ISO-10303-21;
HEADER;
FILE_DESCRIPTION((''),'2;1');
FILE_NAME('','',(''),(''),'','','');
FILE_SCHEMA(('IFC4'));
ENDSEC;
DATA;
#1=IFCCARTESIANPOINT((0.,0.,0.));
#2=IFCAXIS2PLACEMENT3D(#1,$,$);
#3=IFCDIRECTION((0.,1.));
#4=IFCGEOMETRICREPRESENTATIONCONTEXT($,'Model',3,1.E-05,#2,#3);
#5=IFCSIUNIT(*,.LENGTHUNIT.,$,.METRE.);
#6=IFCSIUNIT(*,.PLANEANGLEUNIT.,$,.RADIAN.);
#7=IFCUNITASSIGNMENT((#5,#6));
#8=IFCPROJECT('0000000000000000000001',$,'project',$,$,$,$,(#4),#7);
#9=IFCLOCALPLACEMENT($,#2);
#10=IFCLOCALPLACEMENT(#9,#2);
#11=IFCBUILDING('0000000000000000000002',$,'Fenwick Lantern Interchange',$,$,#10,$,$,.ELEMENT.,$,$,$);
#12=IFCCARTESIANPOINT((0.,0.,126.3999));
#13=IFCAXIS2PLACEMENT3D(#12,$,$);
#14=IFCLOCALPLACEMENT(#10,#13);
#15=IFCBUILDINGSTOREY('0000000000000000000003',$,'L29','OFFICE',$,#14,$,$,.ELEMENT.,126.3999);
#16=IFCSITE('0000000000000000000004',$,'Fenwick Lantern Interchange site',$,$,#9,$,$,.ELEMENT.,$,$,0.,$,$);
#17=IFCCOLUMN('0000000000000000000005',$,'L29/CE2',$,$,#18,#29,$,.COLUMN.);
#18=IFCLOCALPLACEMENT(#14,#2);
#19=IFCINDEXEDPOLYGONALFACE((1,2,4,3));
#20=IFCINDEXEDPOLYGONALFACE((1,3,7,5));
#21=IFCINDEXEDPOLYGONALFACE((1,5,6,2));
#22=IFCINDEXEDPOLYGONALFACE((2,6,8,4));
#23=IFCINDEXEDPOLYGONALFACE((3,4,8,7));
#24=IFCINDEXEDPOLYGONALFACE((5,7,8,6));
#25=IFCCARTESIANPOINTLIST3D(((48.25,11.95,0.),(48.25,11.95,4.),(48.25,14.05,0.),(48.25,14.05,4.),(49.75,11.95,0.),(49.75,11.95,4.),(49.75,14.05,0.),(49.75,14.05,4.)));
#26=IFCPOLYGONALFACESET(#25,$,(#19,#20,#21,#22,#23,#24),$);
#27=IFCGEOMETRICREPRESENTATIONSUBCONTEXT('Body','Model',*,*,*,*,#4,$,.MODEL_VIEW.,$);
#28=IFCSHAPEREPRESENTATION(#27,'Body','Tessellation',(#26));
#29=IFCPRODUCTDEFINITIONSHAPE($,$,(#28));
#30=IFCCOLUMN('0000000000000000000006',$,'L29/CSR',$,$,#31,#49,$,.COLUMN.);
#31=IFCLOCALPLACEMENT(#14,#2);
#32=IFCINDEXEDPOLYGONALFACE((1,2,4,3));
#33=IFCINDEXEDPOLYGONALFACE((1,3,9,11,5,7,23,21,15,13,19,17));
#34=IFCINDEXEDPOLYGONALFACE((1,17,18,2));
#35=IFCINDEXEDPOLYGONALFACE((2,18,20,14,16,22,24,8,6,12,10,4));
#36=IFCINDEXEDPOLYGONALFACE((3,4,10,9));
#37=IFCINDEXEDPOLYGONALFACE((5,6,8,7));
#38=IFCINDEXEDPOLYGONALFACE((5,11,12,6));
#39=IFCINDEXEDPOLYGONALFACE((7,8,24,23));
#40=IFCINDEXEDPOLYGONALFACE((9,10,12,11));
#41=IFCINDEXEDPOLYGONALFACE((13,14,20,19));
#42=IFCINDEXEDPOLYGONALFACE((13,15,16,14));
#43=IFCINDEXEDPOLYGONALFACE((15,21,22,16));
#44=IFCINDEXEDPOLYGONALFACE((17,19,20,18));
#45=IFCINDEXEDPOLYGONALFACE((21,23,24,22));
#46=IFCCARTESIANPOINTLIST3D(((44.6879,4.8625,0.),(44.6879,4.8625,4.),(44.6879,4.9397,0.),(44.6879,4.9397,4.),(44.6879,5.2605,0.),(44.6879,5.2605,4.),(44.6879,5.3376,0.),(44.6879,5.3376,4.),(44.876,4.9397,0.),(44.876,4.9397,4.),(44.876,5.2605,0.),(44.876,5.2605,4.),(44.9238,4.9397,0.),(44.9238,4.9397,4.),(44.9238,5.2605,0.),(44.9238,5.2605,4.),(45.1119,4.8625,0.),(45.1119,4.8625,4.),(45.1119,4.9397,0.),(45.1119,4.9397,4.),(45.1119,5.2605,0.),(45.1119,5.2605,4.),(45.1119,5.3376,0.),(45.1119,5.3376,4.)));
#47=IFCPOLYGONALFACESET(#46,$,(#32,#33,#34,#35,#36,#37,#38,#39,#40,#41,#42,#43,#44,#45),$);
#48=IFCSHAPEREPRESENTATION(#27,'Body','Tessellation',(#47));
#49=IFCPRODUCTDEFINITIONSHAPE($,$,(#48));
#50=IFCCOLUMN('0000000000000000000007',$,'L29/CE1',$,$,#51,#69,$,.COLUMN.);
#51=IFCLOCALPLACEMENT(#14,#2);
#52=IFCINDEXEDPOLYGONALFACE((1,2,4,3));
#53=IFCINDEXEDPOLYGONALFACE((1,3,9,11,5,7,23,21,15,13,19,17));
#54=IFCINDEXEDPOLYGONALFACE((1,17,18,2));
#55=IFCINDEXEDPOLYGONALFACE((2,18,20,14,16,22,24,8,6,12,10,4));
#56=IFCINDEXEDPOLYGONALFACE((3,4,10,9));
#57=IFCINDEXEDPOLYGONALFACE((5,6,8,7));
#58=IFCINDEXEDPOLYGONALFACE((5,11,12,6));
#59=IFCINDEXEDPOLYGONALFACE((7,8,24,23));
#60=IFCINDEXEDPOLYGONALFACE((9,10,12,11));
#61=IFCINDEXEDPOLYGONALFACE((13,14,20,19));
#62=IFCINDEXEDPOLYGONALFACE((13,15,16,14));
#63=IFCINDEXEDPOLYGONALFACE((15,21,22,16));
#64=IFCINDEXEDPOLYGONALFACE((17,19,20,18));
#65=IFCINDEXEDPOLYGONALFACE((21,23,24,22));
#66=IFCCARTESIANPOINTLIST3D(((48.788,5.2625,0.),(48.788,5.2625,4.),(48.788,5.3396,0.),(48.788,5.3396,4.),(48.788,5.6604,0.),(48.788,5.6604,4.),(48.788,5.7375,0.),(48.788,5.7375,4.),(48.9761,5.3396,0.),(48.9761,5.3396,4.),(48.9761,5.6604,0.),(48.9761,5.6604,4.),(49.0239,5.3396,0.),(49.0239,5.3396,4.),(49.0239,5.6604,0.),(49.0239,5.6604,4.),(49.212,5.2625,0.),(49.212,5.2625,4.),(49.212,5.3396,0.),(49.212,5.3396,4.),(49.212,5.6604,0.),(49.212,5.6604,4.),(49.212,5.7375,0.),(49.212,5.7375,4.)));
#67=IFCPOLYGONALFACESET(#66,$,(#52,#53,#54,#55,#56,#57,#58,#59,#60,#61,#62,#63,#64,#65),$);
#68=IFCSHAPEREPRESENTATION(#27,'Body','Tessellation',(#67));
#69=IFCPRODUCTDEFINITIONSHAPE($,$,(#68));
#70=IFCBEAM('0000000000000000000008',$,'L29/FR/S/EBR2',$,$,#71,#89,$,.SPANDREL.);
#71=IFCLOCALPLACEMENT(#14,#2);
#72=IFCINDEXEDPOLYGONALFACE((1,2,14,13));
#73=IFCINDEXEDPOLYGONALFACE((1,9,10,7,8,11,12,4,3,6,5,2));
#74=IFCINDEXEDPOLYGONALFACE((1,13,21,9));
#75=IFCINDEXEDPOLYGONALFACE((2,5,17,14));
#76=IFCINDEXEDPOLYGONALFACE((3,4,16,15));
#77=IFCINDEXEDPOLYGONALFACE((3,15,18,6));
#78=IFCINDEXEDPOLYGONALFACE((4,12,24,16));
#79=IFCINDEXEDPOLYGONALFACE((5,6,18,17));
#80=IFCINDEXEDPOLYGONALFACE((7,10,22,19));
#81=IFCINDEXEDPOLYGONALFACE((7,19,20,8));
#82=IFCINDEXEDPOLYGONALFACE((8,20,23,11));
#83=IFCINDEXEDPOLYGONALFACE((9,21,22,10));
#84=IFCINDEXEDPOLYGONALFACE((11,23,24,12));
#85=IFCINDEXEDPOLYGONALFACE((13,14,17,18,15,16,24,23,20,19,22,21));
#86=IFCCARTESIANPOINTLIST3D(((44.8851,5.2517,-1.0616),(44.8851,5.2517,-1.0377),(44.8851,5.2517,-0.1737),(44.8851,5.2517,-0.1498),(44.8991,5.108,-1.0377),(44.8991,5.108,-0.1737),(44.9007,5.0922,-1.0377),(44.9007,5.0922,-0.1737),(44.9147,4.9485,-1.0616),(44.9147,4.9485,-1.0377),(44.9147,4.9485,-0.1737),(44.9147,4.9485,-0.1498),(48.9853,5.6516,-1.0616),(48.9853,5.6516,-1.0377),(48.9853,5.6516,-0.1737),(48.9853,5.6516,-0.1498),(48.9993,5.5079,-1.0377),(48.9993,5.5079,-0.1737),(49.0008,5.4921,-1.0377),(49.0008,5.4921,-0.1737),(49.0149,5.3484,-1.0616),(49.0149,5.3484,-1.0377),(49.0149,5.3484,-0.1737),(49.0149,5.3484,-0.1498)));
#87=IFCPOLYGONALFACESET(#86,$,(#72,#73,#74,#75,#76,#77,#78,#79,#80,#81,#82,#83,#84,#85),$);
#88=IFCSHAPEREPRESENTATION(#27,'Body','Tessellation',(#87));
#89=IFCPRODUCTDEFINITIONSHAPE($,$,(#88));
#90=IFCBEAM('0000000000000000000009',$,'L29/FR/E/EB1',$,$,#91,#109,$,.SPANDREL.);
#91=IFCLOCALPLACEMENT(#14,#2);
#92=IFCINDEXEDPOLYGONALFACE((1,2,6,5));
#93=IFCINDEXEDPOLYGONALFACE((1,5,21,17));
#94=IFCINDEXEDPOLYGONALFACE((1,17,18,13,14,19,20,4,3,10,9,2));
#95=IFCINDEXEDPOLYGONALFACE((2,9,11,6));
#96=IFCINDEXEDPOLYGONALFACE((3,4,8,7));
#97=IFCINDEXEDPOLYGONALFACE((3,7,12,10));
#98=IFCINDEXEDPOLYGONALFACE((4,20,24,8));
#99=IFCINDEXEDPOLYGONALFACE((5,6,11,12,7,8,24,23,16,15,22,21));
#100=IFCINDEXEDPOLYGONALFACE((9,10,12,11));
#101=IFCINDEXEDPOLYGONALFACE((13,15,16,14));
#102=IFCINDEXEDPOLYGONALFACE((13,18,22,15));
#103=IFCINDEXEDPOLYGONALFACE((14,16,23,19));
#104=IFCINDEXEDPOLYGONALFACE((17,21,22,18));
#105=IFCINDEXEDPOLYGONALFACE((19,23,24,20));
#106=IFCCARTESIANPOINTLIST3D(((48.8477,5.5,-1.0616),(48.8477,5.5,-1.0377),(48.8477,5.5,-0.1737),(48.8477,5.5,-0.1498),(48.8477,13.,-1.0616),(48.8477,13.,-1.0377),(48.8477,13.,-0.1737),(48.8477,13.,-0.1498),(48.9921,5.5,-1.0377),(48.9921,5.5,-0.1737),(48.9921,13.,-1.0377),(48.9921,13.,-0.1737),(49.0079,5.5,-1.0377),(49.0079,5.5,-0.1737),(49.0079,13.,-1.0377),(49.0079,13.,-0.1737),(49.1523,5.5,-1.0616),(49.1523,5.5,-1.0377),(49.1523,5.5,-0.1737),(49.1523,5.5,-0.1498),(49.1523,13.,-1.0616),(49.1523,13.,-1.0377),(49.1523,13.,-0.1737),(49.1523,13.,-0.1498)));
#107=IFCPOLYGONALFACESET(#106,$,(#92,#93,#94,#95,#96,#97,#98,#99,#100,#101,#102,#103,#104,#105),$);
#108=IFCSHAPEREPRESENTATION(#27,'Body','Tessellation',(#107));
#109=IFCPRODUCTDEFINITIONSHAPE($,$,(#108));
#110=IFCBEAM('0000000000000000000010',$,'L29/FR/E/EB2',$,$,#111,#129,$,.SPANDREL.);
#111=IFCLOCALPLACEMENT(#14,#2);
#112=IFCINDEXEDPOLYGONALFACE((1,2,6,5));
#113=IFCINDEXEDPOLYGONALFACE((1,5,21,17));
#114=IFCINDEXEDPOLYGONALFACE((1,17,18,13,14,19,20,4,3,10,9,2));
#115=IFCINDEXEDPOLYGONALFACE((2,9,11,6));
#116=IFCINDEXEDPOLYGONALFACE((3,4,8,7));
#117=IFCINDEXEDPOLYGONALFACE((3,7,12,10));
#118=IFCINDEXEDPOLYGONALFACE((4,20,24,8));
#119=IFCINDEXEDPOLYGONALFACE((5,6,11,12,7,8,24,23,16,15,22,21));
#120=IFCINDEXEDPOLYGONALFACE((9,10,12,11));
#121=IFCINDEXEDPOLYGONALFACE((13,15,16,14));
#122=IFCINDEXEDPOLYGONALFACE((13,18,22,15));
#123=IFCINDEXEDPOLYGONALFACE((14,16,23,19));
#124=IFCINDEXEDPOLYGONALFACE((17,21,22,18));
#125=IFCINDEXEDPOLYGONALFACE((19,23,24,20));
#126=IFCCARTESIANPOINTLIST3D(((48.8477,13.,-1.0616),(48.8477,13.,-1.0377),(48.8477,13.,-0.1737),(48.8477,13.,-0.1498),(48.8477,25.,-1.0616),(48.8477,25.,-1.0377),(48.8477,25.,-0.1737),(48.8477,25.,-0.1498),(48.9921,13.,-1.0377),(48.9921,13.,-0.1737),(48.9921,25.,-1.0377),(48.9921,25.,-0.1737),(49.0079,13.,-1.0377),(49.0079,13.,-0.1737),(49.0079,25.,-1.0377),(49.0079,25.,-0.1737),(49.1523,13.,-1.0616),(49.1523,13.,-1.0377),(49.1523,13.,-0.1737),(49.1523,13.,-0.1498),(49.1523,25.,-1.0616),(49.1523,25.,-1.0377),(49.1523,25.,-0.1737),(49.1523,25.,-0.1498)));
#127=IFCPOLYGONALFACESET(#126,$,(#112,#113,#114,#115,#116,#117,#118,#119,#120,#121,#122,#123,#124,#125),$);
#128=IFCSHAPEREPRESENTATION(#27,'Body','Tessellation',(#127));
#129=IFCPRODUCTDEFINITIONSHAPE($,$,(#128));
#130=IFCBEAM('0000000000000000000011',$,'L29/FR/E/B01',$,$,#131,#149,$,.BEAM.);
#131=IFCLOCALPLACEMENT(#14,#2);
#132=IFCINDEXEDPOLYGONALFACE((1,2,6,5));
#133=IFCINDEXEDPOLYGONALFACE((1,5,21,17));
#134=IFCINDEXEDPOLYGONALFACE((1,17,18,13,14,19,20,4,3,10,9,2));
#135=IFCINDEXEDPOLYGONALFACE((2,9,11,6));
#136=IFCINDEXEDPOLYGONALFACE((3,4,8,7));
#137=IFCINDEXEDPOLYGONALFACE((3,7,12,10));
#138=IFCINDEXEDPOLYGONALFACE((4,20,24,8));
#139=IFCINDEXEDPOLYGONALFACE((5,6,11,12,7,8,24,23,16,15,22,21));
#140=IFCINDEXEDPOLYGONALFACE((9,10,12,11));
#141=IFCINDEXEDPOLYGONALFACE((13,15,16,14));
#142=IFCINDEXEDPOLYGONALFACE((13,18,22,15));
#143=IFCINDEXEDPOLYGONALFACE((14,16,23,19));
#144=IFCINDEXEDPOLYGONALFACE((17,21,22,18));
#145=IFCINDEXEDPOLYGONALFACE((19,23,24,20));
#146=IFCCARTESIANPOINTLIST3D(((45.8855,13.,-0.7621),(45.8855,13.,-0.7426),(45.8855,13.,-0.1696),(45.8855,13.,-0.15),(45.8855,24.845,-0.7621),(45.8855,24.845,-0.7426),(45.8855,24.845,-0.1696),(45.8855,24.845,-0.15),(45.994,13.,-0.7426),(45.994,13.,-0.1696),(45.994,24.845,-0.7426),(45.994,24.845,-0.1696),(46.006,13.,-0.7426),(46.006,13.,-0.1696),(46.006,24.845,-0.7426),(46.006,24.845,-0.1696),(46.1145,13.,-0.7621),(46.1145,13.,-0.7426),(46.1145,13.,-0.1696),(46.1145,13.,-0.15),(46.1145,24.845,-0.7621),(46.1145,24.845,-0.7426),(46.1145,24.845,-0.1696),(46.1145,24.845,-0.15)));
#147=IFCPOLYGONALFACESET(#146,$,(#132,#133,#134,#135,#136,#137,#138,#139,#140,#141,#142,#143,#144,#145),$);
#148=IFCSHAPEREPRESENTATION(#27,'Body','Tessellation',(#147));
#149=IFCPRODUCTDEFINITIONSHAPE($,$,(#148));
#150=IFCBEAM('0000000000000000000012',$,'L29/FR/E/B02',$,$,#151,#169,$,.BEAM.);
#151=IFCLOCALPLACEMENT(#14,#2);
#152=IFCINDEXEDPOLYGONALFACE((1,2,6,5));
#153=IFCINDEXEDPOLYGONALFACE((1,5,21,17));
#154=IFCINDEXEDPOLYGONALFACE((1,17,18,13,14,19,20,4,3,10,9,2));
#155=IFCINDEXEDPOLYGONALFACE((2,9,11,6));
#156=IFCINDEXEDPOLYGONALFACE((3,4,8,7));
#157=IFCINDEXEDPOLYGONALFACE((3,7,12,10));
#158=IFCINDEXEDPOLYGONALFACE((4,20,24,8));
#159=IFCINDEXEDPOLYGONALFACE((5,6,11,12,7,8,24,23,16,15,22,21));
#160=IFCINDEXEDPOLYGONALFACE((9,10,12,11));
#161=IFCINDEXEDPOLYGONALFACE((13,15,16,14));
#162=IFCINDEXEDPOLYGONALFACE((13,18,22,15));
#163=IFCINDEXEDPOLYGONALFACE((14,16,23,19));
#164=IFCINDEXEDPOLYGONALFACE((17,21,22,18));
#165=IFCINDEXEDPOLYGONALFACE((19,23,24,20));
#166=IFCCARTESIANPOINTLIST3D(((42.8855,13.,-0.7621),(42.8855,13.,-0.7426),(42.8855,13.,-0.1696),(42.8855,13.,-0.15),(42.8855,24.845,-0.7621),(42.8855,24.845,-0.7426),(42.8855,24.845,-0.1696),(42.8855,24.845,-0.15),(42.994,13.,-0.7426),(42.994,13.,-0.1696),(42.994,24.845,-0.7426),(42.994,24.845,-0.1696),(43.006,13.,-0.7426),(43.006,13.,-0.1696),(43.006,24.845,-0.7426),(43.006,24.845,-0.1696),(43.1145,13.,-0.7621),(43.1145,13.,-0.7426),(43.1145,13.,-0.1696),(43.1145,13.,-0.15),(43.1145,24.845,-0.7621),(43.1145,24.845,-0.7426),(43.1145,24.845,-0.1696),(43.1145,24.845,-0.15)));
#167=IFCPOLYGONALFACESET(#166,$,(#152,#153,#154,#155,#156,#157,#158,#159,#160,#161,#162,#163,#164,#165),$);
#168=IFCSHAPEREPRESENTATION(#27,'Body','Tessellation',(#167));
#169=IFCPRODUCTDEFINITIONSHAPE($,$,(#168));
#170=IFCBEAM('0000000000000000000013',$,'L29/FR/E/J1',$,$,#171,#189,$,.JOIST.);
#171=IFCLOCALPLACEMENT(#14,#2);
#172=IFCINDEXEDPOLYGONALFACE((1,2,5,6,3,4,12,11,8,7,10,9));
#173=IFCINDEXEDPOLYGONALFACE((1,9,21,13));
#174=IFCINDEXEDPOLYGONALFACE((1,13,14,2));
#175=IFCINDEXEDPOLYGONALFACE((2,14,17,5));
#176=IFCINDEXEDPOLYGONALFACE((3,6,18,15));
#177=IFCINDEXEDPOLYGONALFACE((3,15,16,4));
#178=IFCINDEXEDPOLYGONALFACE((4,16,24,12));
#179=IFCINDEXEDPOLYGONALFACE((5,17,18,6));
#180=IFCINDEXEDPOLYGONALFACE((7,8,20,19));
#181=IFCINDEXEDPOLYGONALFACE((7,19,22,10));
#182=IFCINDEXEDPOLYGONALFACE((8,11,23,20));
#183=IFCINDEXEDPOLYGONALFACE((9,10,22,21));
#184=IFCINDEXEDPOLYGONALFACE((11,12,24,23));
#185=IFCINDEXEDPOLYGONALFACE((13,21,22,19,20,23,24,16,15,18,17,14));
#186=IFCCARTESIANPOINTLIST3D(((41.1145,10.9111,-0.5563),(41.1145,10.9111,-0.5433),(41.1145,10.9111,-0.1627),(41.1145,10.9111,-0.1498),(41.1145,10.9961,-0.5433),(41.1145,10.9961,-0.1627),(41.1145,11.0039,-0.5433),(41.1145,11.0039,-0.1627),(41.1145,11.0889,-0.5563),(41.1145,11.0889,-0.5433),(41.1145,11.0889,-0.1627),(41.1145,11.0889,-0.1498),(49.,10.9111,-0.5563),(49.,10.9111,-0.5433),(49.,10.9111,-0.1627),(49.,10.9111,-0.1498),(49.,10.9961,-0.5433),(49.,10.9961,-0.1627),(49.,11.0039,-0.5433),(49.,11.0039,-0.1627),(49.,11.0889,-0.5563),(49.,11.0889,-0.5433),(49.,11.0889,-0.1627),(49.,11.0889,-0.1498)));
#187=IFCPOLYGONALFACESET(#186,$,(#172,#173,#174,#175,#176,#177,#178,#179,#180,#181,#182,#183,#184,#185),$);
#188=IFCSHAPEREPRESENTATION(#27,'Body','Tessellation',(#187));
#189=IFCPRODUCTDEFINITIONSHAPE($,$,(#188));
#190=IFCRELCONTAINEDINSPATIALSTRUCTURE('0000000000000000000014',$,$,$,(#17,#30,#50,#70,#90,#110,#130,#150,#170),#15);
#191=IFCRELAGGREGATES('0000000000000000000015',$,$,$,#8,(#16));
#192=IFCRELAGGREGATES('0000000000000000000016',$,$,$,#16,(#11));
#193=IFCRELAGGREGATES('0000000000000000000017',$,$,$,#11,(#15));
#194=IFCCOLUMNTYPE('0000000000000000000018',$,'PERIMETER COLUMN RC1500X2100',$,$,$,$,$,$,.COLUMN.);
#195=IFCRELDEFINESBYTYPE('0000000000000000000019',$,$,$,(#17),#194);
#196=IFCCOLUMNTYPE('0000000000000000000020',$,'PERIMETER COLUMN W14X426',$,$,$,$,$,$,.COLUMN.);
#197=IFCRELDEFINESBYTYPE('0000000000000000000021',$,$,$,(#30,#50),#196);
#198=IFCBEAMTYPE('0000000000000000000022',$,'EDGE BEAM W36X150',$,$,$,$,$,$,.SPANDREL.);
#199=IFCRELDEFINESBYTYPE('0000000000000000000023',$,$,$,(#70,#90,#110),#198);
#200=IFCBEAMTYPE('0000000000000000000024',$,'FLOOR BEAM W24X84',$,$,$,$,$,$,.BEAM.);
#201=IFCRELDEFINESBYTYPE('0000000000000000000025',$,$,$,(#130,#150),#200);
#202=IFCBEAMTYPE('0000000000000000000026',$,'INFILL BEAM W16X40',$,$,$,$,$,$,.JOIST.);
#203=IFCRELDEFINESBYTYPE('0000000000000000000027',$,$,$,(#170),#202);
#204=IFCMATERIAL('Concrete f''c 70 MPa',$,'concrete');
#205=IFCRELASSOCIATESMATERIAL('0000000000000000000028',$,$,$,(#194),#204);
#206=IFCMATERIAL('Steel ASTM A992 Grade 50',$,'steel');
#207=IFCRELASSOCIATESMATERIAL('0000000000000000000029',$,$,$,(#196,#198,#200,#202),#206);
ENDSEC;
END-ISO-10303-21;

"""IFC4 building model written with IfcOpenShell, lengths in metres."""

from ifc_helpers import new_model, si_unit, direction, frame, origin, origin_2d, place, context, subcontext, project, spatial, rectangle, i_section, extrude, material, material_profile, profile_set, type_object, element, save


model = new_model("IFC4")

# Units and contexts
model_context = context("Model", 3, precision=1e-05, world=origin(), true_north=direction((0.0, 1.0)))
body_context = subcontext(model_context, "Body", "Model", "MODEL_VIEW")
ifc_project = project(units=[si_unit("LENGTHUNIT", "METRE"), si_unit("PLANEANGLEUNIT", "RADIAN")], contexts=[model_context])

# Site, building, storey
site_placement = place(None, origin())
site = spatial("IfcSite", under=ifc_project, at=site_placement, Name="Fenwick Lantern Interchange site", CompositionType="ELEMENT", RefElevation=0.0)
building_placement = place(site_placement, origin())
building = spatial("IfcBuilding", under=site, at=building_placement, Name="Fenwick Lantern Interchange", CompositionType="ELEMENT")
storey_placement = place(building_placement, frame((0.0, 0.0, 126.3999)))
storey = spatial("IfcBuildingStorey", under=building, at=storey_placement, Name="L29", Description="OFFICE", CompositionType="ELEMENT", Elevation=126.3999)

# Columns
ifc_material_1 = material(Name="Concrete f'c 70 MPa", Category="concrete")
ifc_material_profile_1 = material_profile(ifc_material_1, rectangle(XDim=1.5, YDim=2.1001, at=origin_2d()), Name="RC1500X2100")
ifc_profile_set_1 = profile_set([ifc_material_profile_1], Name="Concrete f'c 70 MPa")
column_type_1 = type_object("IfcColumnType", Name="PERIMETER COLUMN RC1500X2100", PredefinedType="COLUMN", material=ifc_profile_set_1)
column_placement = place(storey_placement, frame((49.0, 13.0, 0.0), z_axis=(0.0, 0.0, 1.0), x_axis=(1.0, 0.0, 0.0)))
element("IfcColumn", 1, at=column_placement, inside=storey, type_object=column_type_1, Name="L29/CE2", PredefinedType="COLUMN", context=body_context, shape_type="SweptSolid", body=[
    extrude(rectangle(XDim=1.5, YDim=2.1001, at=origin_2d()), origin(), (0.0, 0.0, 1.0), 4.0),
])
ifc_material_2 = material(Name="Steel ASTM A992 Grade 50", Category="steel")
ifc_material_profile_2 = material_profile(ifc_material_2, i_section(OverallWidth=0.4241, OverallDepth=0.4751, WebThickness=0.0479, FlangeThickness=0.0771, at=origin_2d()), Name="W14X426")
ifc_profile_set_2 = profile_set([ifc_material_profile_2], Name="Steel ASTM A992 Grade 50")
column_type_2 = type_object("IfcColumnType", Name="PERIMETER COLUMN W14X426", PredefinedType="COLUMN", material=ifc_profile_set_2)
for number, where, z_axis, x_axis, name in (
    (2, (44.8999, 5.1001, 0.0), (0.0, 0.0, 1.0), (1.0, 0.0, 0.0), "L29/CSR"),
    (3, (49.0, 5.5, 0.0), (0.0, 0.0, 1.0), (1.0, 0.0, 0.0), "L29/CE1"),
):
    element("IfcColumn", number, at=place(storey_placement, frame(where, z_axis=z_axis, x_axis=x_axis)), inside=storey, type_object=column_type_2, Name=name, PredefinedType="COLUMN", context=body_context, shape_type="SweptSolid", body=[
        extrude(i_section(OverallWidth=0.4241, OverallDepth=0.4751, WebThickness=0.0479, FlangeThickness=0.0771, at=origin_2d()), origin(), (0.0, 0.0, 1.0), 4.0),
    ])

# Beams
ifc_material_profile_3 = material_profile(ifc_material_2, i_section(OverallWidth=0.3047, OverallDepth=0.9119, WebThickness=0.0159, FlangeThickness=0.0239, at=origin_2d()), Name="W36X150")
ifc_profile_set_3 = profile_set([ifc_material_profile_3], Name="Steel ASTM A992 Grade 50")
beam_type_1 = type_object("IfcBeamType", Name="EDGE BEAM W36X150", PredefinedType="SPANDREL", material=ifc_profile_set_3)
beam_1_placement = place(storey_placement, frame((44.8999, 5.1001, -0.6057), z_axis=(0.995277, 0.097074, 0.0), x_axis=(-0.097074, 0.995277, 0.0)))
element("IfcBeam", 4, at=beam_1_placement, inside=storey, type_object=beam_type_1, Name="L29/FR/S/EBR2", PredefinedType="SPANDREL", context=body_context, shape_type="SweptSolid", body=[
    extrude(i_section(OverallWidth=0.3047, OverallDepth=0.9119, WebThickness=0.0159, FlangeThickness=0.0239, at=origin_2d()), origin(), (0.0, 0.0, 1.0), 4.1196),
])
beam_2_placement = place(storey_placement, frame((49.0, 5.5, -0.6057), z_axis=(0.0, 1.0, 0.0), x_axis=(-1.0, 0.0, 0.0)))
element("IfcBeam", 5, at=beam_2_placement, inside=storey, type_object=beam_type_1, Name="L29/FR/E/EB1", PredefinedType="SPANDREL", context=body_context, shape_type="SweptSolid", body=[
    extrude(i_section(OverallWidth=0.3047, OverallDepth=0.9119, WebThickness=0.0159, FlangeThickness=0.0239, at=origin_2d()), origin(), (0.0, 0.0, 1.0), 7.5),
])
beam_3_placement = place(storey_placement, frame((49.0, 13.0, -0.6057), z_axis=(0.0, 1.0, 0.0), x_axis=(-1.0, 0.0, 0.0)))
element("IfcBeam", 6, at=beam_3_placement, inside=storey, type_object=beam_type_1, Name="L29/FR/E/EB2", PredefinedType="SPANDREL", context=body_context, shape_type="SweptSolid", body=[
    extrude(i_section(OverallWidth=0.3047, OverallDepth=0.9119, WebThickness=0.0159, FlangeThickness=0.0239, at=origin_2d()), origin(), (0.0, 0.0, 1.0), 12.0),
])
ifc_material_profile_4 = material_profile(ifc_material_2, i_section(OverallWidth=0.229, OverallDepth=0.6121, WebThickness=0.012, FlangeThickness=0.0195, at=origin_2d()), Name="W24X84")
ifc_profile_set_4 = profile_set([ifc_material_profile_4], Name="Steel ASTM A992 Grade 50")
beam_type_2 = type_object("IfcBeamType", Name="FLOOR BEAM W24X84", PredefinedType="BEAM", material=ifc_profile_set_4)
for number, where, z_axis, x_axis, name in (
    (7, (46.0, 13.0, -0.4561), (0.0, 1.0, 0.0), (-1.0, 0.0, 0.0), "L29/FR/E/B01"),
    (8, (43.0, 13.0, -0.4561), (0.0, 1.0, 0.0), (-1.0, 0.0, 0.0), "L29/FR/E/B02"),
):
    element("IfcBeam", number, at=place(storey_placement, frame(where, z_axis=z_axis, x_axis=x_axis)), inside=storey, type_object=beam_type_2, Name=name, PredefinedType="BEAM", context=body_context, shape_type="SweptSolid", body=[
        extrude(i_section(OverallWidth=0.229, OverallDepth=0.6121, WebThickness=0.012, FlangeThickness=0.0195, at=origin_2d()), origin(), (0.0, 0.0, 1.0), 11.845),
    ])
ifc_material_profile_5 = material_profile(ifc_material_2, i_section(OverallWidth=0.1777, OverallDepth=0.4065, WebThickness=0.0078, FlangeThickness=0.0129, at=origin_2d()), Name="W16X40")
ifc_profile_set_5 = profile_set([ifc_material_profile_5], Name="Steel ASTM A992 Grade 50")
beam_type_3 = type_object("IfcBeamType", Name="INFILL BEAM W16X40", PredefinedType="JOIST", material=ifc_profile_set_5)
beam_4_placement = place(storey_placement, frame((49.0, 11.0, -0.353), z_axis=(-1.0, 0.0, 0.0), x_axis=(0.0, -1.0, 0.0)))
element("IfcBeam", 9, at=beam_4_placement, inside=storey, type_object=beam_type_3, Name="L29/FR/E/J1", PredefinedType="JOIST", context=body_context, shape_type="SweptSolid", body=[
    extrude(i_section(OverallWidth=0.1777, OverallDepth=0.4065, WebThickness=0.0078, FlangeThickness=0.0129, at=origin_2d()), origin(), (0.0, 0.0, 1.0), 7.8855),
])

save(model, "model.ifc")
